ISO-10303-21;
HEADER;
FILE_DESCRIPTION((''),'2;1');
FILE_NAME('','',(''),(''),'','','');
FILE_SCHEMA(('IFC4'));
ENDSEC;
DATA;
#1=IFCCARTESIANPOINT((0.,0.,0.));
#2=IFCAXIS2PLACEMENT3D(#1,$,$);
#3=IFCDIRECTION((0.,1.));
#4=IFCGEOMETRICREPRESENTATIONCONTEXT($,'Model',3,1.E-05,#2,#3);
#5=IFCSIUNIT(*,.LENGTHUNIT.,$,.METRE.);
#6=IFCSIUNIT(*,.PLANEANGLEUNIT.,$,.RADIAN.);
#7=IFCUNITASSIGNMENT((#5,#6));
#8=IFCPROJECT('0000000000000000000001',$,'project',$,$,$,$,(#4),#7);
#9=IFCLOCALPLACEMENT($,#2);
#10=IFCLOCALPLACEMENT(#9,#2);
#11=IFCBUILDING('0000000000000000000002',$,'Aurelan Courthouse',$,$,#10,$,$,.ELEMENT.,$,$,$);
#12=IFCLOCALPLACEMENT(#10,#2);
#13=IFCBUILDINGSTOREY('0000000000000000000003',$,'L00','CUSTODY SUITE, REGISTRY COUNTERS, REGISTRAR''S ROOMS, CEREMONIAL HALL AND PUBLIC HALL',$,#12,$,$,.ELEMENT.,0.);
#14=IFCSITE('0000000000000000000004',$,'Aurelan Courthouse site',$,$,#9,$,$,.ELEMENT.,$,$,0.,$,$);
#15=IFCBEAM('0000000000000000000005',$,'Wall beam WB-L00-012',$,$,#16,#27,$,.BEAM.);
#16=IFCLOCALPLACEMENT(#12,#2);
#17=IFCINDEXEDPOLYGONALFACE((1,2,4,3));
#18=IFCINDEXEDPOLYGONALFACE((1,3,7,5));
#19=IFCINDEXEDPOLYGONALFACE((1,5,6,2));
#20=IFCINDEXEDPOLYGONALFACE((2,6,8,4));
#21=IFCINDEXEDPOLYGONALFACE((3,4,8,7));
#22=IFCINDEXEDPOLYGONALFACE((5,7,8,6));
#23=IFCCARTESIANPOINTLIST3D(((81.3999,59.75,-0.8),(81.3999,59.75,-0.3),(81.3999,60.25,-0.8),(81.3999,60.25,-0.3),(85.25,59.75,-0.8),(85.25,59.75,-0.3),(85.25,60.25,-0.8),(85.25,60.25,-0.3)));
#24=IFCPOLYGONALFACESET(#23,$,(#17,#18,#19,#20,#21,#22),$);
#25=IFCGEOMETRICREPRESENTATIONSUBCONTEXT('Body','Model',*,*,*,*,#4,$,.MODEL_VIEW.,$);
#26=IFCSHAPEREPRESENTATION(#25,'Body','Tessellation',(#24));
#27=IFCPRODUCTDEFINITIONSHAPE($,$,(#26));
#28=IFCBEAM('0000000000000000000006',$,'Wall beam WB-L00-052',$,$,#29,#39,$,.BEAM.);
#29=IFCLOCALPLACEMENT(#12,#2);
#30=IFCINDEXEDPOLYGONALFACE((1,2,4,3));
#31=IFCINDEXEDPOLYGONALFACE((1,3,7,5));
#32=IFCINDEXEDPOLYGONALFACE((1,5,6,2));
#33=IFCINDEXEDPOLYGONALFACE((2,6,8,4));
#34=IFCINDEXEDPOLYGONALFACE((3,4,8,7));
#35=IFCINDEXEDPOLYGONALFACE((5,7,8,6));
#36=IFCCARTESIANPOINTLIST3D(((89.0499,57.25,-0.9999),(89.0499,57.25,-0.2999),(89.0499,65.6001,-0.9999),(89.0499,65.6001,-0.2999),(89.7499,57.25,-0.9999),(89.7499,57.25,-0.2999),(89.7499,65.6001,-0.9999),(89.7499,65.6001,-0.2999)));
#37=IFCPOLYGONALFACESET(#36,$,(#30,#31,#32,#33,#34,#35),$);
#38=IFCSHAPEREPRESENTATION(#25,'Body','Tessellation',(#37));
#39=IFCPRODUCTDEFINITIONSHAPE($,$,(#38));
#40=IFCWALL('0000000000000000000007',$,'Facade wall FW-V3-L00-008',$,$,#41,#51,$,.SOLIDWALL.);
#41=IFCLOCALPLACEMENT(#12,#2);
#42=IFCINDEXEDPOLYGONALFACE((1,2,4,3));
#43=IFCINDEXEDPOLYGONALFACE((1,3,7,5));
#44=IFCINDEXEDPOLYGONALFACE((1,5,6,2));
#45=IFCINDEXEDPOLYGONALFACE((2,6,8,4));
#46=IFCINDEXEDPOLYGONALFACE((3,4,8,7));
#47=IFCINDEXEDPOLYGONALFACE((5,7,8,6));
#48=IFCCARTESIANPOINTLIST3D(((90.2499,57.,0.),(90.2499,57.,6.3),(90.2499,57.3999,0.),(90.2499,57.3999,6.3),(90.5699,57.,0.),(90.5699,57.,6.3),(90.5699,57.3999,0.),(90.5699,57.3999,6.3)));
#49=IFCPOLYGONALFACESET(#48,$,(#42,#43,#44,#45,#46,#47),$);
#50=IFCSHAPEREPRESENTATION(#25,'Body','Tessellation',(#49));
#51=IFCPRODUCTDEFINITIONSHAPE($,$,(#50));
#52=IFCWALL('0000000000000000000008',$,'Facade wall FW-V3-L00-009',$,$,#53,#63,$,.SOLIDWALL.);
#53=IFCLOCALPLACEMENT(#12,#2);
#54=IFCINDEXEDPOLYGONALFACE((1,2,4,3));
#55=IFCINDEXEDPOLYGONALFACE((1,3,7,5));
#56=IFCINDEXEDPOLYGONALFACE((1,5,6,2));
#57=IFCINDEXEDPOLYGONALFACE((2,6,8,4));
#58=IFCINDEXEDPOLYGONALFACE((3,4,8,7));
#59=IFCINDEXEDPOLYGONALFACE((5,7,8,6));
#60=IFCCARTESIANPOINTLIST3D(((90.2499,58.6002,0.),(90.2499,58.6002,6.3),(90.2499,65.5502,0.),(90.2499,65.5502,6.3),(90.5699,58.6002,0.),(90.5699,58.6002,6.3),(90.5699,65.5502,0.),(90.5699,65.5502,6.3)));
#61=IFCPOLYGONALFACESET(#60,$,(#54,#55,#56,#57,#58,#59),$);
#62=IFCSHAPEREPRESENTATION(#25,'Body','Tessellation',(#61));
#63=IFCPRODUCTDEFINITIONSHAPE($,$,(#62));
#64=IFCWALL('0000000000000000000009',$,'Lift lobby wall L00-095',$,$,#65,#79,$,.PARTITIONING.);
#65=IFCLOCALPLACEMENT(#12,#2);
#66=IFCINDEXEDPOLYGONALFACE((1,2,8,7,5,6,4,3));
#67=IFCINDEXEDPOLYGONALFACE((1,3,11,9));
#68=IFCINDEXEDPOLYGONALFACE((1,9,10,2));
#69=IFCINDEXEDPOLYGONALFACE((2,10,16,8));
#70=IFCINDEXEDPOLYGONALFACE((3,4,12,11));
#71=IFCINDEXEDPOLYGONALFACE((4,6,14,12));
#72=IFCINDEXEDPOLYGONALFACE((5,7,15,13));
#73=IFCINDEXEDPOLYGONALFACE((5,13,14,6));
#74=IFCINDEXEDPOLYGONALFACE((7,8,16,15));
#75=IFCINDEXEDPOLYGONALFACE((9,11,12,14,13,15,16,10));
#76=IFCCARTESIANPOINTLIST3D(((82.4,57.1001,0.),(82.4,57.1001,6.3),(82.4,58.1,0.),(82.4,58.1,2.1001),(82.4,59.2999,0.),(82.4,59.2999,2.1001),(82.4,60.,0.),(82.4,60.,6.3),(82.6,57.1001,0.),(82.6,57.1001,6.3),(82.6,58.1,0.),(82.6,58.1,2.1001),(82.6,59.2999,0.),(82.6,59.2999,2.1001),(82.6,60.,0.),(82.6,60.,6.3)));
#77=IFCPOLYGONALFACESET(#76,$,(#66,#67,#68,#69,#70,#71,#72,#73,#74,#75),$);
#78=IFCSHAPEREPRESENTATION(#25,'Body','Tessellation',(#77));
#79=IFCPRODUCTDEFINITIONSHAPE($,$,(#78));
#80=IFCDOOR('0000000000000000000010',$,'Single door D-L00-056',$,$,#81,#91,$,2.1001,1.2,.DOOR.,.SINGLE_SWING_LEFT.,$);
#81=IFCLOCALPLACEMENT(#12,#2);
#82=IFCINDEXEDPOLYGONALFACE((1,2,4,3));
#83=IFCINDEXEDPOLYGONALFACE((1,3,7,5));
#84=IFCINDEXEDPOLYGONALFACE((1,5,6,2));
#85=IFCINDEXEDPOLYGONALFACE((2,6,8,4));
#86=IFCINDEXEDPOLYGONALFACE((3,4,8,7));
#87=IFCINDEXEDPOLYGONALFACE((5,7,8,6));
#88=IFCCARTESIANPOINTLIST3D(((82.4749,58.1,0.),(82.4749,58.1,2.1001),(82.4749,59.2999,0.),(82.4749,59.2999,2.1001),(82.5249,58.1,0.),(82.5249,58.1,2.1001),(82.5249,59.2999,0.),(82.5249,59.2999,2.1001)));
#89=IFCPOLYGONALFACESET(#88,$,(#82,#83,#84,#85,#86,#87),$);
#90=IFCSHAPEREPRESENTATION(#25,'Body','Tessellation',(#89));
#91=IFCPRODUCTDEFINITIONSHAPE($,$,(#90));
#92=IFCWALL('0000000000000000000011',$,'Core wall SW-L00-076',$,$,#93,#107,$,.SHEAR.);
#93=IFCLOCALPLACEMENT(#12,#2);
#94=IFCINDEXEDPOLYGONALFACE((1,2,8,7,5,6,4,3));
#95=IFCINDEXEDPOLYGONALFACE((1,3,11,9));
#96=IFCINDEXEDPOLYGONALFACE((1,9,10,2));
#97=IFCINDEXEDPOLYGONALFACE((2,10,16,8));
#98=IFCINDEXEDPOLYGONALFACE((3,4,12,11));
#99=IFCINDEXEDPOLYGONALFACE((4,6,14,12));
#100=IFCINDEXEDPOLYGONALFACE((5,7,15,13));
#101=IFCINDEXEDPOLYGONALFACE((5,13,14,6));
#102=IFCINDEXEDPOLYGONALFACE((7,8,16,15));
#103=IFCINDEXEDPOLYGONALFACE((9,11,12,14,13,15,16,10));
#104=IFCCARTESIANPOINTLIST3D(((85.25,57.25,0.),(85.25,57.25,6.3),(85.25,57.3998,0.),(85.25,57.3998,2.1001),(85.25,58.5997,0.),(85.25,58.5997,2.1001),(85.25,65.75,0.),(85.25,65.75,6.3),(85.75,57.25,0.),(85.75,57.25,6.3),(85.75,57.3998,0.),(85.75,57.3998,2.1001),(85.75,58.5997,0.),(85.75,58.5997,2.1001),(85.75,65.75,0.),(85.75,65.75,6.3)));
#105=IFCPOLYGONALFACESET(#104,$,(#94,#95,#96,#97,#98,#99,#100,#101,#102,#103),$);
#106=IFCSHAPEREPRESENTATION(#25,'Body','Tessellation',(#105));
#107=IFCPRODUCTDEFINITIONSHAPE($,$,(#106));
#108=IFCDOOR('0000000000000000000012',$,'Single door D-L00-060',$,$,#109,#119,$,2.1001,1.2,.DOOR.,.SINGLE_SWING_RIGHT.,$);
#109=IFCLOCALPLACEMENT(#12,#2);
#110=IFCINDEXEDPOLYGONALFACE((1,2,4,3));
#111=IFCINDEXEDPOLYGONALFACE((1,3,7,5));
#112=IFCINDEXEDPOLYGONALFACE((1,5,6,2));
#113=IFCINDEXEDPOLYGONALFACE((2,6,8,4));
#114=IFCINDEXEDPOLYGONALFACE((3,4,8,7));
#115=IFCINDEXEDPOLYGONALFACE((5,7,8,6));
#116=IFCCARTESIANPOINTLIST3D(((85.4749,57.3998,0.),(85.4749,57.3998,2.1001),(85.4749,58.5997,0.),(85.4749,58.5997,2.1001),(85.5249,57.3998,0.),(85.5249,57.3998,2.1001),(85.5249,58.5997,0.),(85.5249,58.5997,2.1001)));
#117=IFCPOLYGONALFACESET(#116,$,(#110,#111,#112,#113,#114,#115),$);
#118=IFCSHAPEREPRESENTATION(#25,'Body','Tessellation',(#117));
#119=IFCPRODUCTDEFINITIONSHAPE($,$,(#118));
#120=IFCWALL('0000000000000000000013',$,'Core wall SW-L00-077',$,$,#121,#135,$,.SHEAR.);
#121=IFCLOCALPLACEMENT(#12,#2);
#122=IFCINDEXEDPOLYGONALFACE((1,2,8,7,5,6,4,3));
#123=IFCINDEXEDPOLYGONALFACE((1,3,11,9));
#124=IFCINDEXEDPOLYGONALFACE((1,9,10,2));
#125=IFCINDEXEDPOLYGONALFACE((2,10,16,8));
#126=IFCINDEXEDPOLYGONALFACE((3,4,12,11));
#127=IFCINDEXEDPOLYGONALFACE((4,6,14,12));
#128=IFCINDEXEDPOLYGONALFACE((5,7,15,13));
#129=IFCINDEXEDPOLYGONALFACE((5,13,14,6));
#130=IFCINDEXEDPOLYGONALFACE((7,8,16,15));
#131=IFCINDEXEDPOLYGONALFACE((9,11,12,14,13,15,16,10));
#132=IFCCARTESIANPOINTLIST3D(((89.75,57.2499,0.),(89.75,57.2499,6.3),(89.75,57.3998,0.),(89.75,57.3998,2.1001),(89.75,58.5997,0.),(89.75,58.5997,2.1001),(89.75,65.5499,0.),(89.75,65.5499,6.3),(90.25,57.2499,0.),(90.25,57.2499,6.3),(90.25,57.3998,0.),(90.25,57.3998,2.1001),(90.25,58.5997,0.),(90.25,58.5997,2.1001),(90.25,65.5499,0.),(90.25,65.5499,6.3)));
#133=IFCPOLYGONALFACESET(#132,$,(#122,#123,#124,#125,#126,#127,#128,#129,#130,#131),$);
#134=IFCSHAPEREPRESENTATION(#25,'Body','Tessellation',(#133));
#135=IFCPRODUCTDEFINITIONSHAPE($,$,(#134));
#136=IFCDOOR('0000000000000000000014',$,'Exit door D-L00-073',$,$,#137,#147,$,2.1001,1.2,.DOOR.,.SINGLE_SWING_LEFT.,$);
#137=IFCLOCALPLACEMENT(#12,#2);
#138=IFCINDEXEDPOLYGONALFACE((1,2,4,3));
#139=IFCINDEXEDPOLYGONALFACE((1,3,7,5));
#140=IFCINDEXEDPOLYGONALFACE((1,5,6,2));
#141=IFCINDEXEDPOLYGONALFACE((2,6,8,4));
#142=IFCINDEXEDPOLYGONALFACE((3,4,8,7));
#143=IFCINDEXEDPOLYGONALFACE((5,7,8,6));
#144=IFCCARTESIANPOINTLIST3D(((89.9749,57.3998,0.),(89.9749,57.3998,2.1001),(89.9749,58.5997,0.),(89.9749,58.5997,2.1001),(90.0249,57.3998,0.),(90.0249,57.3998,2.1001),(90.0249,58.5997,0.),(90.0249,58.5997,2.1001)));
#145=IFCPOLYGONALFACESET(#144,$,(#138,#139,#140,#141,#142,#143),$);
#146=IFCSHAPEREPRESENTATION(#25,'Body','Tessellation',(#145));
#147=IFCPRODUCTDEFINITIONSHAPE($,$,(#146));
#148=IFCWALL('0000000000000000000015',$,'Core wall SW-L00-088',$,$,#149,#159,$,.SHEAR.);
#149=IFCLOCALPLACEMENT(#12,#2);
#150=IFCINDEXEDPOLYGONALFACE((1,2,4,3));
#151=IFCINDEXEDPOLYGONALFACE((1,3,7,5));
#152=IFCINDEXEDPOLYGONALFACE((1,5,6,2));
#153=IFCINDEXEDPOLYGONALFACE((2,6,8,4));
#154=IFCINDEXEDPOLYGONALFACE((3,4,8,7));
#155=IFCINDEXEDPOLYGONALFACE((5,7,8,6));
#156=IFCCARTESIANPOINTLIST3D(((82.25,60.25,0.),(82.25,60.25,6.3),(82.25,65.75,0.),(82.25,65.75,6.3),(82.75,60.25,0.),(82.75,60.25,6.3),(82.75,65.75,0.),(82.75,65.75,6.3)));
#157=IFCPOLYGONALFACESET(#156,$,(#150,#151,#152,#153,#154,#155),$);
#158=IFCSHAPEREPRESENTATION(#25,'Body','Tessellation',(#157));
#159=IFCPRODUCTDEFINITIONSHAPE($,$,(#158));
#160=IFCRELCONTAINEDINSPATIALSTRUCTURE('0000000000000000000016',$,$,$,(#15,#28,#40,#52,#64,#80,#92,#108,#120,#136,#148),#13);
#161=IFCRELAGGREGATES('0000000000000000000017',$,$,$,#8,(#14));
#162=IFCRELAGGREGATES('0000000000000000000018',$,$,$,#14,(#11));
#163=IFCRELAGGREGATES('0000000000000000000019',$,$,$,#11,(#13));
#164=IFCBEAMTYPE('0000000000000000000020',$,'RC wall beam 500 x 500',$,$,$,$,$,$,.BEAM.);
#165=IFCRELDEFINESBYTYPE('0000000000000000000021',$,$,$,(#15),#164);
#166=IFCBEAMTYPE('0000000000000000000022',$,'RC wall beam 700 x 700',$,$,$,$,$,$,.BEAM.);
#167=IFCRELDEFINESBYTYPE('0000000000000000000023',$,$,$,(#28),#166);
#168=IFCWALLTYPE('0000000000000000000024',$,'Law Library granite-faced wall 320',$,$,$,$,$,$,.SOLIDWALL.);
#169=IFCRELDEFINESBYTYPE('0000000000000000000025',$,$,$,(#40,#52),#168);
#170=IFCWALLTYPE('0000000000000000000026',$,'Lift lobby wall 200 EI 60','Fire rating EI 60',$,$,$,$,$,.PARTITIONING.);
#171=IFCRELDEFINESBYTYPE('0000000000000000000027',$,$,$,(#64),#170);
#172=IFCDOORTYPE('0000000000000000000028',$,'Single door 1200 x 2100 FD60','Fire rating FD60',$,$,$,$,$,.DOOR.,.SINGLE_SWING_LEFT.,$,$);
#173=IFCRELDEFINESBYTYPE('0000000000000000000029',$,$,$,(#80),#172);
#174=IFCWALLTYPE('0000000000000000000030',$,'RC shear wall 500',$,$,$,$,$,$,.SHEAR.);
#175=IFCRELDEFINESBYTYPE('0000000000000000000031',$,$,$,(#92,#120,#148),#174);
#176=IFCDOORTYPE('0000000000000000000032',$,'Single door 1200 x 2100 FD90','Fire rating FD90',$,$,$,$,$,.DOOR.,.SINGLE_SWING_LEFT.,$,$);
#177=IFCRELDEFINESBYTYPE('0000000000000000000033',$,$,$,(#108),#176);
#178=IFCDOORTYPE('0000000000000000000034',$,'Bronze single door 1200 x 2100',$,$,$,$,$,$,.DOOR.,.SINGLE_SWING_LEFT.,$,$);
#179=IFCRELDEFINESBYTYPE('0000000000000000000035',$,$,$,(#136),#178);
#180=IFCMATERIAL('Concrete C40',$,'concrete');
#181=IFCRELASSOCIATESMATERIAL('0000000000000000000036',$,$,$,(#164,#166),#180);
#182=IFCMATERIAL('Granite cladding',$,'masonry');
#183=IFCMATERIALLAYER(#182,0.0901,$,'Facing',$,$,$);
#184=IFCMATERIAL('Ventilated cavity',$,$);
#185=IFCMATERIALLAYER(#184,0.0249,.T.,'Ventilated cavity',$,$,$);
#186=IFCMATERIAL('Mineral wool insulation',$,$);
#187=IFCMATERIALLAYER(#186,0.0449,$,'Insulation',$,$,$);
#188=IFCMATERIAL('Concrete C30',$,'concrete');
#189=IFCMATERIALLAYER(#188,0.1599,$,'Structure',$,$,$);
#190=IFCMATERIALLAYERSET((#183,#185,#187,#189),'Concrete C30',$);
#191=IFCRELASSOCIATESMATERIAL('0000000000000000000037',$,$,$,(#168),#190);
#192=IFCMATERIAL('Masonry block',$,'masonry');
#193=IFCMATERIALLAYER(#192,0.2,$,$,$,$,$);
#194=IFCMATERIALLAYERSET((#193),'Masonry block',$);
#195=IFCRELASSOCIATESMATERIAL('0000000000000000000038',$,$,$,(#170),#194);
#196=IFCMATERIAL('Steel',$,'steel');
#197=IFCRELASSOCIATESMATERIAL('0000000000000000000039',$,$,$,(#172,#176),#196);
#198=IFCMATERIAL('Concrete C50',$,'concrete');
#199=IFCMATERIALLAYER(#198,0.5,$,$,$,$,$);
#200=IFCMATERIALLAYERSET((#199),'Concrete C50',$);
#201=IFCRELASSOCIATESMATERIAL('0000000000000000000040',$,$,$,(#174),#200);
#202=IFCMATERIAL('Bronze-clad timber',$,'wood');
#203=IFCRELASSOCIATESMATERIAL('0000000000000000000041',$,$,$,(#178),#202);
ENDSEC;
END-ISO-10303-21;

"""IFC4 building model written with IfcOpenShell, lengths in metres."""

from ifc_helpers import new_model, si_unit, direction, frame, frame_2d, origin, origin_2d, place, context, subcontext, project, spatial, rectangle, extrude, material, layer, layer_set, material_profile, profile_set, type_object, element, fill, save


model = new_model("IFC4")

# Units and contexts
model_context = context("Model", 3, precision=1e-05, world=origin(), true_north=direction((0.0, 1.0)))
body_context = subcontext(model_context, "Body", "Model", "MODEL_VIEW")
ifc_project = project(units=[si_unit("LENGTHUNIT", "METRE"), si_unit("PLANEANGLEUNIT", "RADIAN")], contexts=[model_context])

# Site, building, storey
site_placement = place(None, origin())
site = spatial("IfcSite", under=ifc_project, at=site_placement, Name="Aurelan Courthouse site", CompositionType="ELEMENT", RefElevation=0.0)
building_placement = place(site_placement, origin())
building = spatial("IfcBuilding", under=site, at=building_placement, Name="Aurelan Courthouse", CompositionType="ELEMENT")
storey_placement = place(building_placement, origin())
storey = spatial("IfcBuildingStorey", under=building, at=storey_placement, Name="L00", Description="CUSTODY SUITE, REGISTRY COUNTERS, REGISTRAR'S ROOMS, CEREMONIAL HALL AND PUBLIC HALL", CompositionType="ELEMENT", Elevation=0.0)

# Beams
ifc_material_1 = material(Name="Concrete C40", Category="concrete")
ifc_material_profile_1 = material_profile(ifc_material_1, rectangle(XDim=0.5, YDim=0.5, at=origin_2d()), Name="RC 500 x 500")
ifc_profile_set_1 = profile_set([ifc_material_profile_1], Name="Concrete C40")
beam_type_1 = type_object("IfcBeamType", Name="RC wall beam 500 x 500", PredefinedType="BEAM", material=ifc_profile_set_1)
beam_1_placement = place(storey_placement, frame((81.3999, 60.0, -0.55), z_axis=(1.0, 0.0, 0.0), x_axis=(0.0, 1.0, 0.0)))
element("IfcBeam", 1, at=beam_1_placement, inside=storey, type_object=beam_type_1, Name="Wall beam WB-L00-012", PredefinedType="BEAM", context=body_context, shape_type="SweptSolid", body=[
    extrude(rectangle(XDim=0.5, YDim=0.5, at=origin_2d()), origin(), (0.0, 0.0, 1.0), 3.8501),
])
ifc_material_profile_2 = material_profile(ifc_material_1, rectangle(XDim=0.7, YDim=0.7, at=origin_2d()), Name="RC 700 x 700")
ifc_profile_set_2 = profile_set([ifc_material_profile_2], Name="Concrete C40")
beam_type_2 = type_object("IfcBeamType", Name="RC wall beam 700 x 700", PredefinedType="BEAM", material=ifc_profile_set_2)
beam_2_placement = place(storey_placement, frame((89.3999, 57.25, -0.6499), z_axis=(0.0, 1.0, 0.0), x_axis=(-1.0, 0.0, 0.0)))
element("IfcBeam", 2, at=beam_2_placement, inside=storey, type_object=beam_type_2, Name="Wall beam WB-L00-052", PredefinedType="BEAM", context=body_context, shape_type="SweptSolid", body=[
    extrude(rectangle(XDim=0.7, YDim=0.7, at=origin_2d()), origin(), (0.0, 0.0, 1.0), 8.3501),
])

# Walls
ifc_material_2 = material(Name="Granite cladding", Category="masonry")
ifc_layer_1 = layer(ifc_material_2, 0.0901, Name="Facing")
ifc_material_3 = material(Name="Ventilated cavity")
ifc_layer_2 = layer(ifc_material_3, 0.0249, ventilated=True, Name="Ventilated cavity")
ifc_material_4 = material(Name="Mineral wool insulation")
ifc_layer_3 = layer(ifc_material_4, 0.0449, Name="Insulation")
ifc_material_5 = material(Name="Concrete C30", Category="concrete")
ifc_layer_4 = layer(ifc_material_5, 0.1599, Name="Structure")
ifc_layer_set_1 = layer_set([ifc_layer_1, ifc_layer_2, ifc_layer_3, ifc_layer_4], Name="Concrete C30")
wall_type_1 = type_object("IfcWallType", Name="Law Library granite-faced wall 320", PredefinedType="SOLIDWALL", material=ifc_layer_set_1)
wall_1_placement = place(storey_placement, frame((90.4099, 57.0, 0.0), z_axis=(0.0, 0.0, 1.0), x_axis=(0.0, 1.0, 0.0)))
element("IfcWall", 3, at=wall_1_placement, inside=storey, type_object=wall_type_1, Name="Facade wall FW-V3-L00-008", PredefinedType="SOLIDWALL", context=body_context, shape_type="SweptSolid", body=[
    extrude(rectangle(XDim=0.3999, YDim=0.3201, at=frame_2d((0.2, 0.0))), origin(), (0.0, 0.0, 1.0), 6.3),
])
wall_2_placement = place(storey_placement, frame((90.4099, 58.6001, 0.0), z_axis=(0.0, 0.0, 1.0), x_axis=(0.0, 1.0, 0.0)))
element("IfcWall", 4, at=wall_2_placement, inside=storey, type_object=wall_type_1, Name="Facade wall FW-V3-L00-009", PredefinedType="SOLIDWALL", context=body_context, shape_type="SweptSolid", body=[
    extrude(rectangle(XDim=6.95, YDim=0.3201, at=frame_2d((3.4751, 0.0))), origin(), (0.0, 0.0, 1.0), 6.3),
])

# Walls, openings, doors
ifc_material_6 = material(Name="Masonry block", Category="masonry")
ifc_layer_5 = layer(ifc_material_6, 0.2)
ifc_layer_set_2 = layer_set([ifc_layer_5], Name="Masonry block")
wall_type_2 = type_object("IfcWallType", Name="Lift lobby wall 200 EI 60", Description="Fire rating EI 60", PredefinedType="PARTITIONING", material=ifc_layer_set_2)
wall_3_placement = place(storey_placement, frame((82.5, 57.1001, 0.0), z_axis=(0.0, 0.0, 1.0), x_axis=(0.0, 1.0, 0.0)))
wall_3 = element("IfcWall", 5, at=wall_3_placement, inside=storey, type_object=wall_type_2, Name="Lift lobby wall L00-095", PredefinedType="PARTITIONING", context=body_context, shape_type="SweptSolid", body=[
    extrude(rectangle(XDim=2.8999, YDim=0.2, at=frame_2d((1.45, 0.0))), origin(), (0.0, 0.0, 1.0), 6.3),
])
opening_1_placement = place(wall_3_placement, frame((2.2, 0.0, 0.0), z_axis=(0.0, 0.0, 1.0), x_axis=(-1.0, 0.0, 0.0)))
opening_1 = element("IfcOpeningElement", 6, at=opening_1_placement, cuts=wall_3, PredefinedType="OPENING", context=body_context, shape_type="SweptSolid", body=[
    extrude(rectangle(XDim=1.2, YDim=2.1001, at=frame_2d((0.6001, 1.05))), frame((0.0, 0.1099, 0.0), z_axis=(0.0, -1.0, 0.0), x_axis=(1.0, 0.0, 0.0)), (0.0, 0.0, 1.0), 0.22),
])
ifc_material_7 = material(Name="Steel", Category="steel")
door_type_1 = type_object("IfcDoorType", Name="Single door 1200 x 2100 FD60", Description="Fire rating FD60", OperationType="SINGLE_SWING_LEFT", PredefinedType="DOOR", material=ifc_material_7)
door_1_placement = place(opening_1_placement, origin())
door_1 = element("IfcDoor", 7, at=door_1_placement, inside=storey, type_object=door_type_1, Name="Single door D-L00-056", OperationType="SINGLE_SWING_LEFT", OverallHeight=2.1001, OverallWidth=1.2, PredefinedType="DOOR", context=body_context, shape_type="SweptSolid", body=[
    extrude(rectangle(XDim=1.2, YDim=2.1001, at=frame_2d((0.6001, 1.05))), frame((0.0, 0.0249, 0.0), z_axis=(0.0, -1.0, 0.0), x_axis=(1.0, 0.0, 0.0)), (0.0, 0.0, 1.0), 0.05),
])
fill(opening_1, door_1)
ifc_material_8 = material(Name="Concrete C50", Category="concrete")
ifc_layer_6 = layer(ifc_material_8, 0.5)
ifc_layer_set_3 = layer_set([ifc_layer_6], Name="Concrete C50")
wall_type_3 = type_object("IfcWallType", Name="RC shear wall 500", PredefinedType="SHEAR", material=ifc_layer_set_3)
wall_4_placement = place(storey_placement, frame((85.5, 57.25, 0.0), z_axis=(0.0, 0.0, 1.0), x_axis=(0.0, 1.0, 0.0)))
wall_4 = element("IfcWall", 8, at=wall_4_placement, inside=storey, type_object=wall_type_3, Name="Core wall SW-L00-076", PredefinedType="SHEAR", context=body_context, shape_type="SweptSolid", body=[
    extrude(rectangle(XDim=8.5, YDim=0.5, at=frame_2d((4.25, 0.0))), origin(), (0.0, 0.0, 1.0), 6.3),
])
opening_2_placement = place(wall_4_placement, frame((1.3499, 0.0, 0.0), z_axis=(0.0, 0.0, 1.0), x_axis=(-1.0, 0.0, 0.0)))
opening_2 = element("IfcOpeningElement", 9, at=opening_2_placement, cuts=wall_4, PredefinedType="OPENING", context=body_context, shape_type="SweptSolid", body=[
    extrude(rectangle(XDim=1.2, YDim=2.1001, at=frame_2d((0.6001, 1.05))), frame((0.0, 0.26, 0.0), z_axis=(0.0, -1.0, 0.0), x_axis=(1.0, 0.0, 0.0)), (0.0, 0.0, 1.0), 0.52),
])
door_type_2 = type_object("IfcDoorType", Name="Single door 1200 x 2100 FD90", Description="Fire rating FD90", OperationType="SINGLE_SWING_LEFT", PredefinedType="DOOR", material=ifc_material_7)
door_2_placement = place(opening_2_placement, origin())
door_2 = element("IfcDoor", 10, at=door_2_placement, inside=storey, type_object=door_type_2, Name="Single door D-L00-060", OperationType="SINGLE_SWING_RIGHT", OverallHeight=2.1001, OverallWidth=1.2, PredefinedType="DOOR", context=body_context, shape_type="SweptSolid", body=[
    extrude(rectangle(XDim=1.2, YDim=2.1001, at=frame_2d((0.6001, 1.05))), frame((0.0, 0.0249, 0.0), z_axis=(0.0, -1.0, 0.0), x_axis=(1.0, 0.0, 0.0)), (0.0, 0.0, 1.0), 0.05),
])
fill(opening_2, door_2)
wall_5_placement = place(storey_placement, frame((90.0, 57.25, 0.0), z_axis=(0.0, 0.0, 1.0), x_axis=(0.0, 1.0, 0.0)))
wall_5 = element("IfcWall", 11, at=wall_5_placement, inside=storey, type_object=wall_type_3, Name="Core wall SW-L00-077", PredefinedType="SHEAR", context=body_context, shape_type="SweptSolid", body=[
    extrude(rectangle(XDim=8.3, YDim=0.5, at=frame_2d((4.1499, 0.0))), origin(), (0.0, 0.0, 1.0), 6.3),
])
opening_3_placement = place(wall_5_placement, frame((1.3499, 0.0, 0.0), z_axis=(0.0, 0.0, 1.0), x_axis=(-1.0, 0.0, 0.0)))
opening_3 = element("IfcOpeningElement", 12, at=opening_3_placement, cuts=wall_5, PredefinedType="OPENING", context=body_context, shape_type="SweptSolid", body=[
    extrude(rectangle(XDim=1.2, YDim=2.1001, at=frame_2d((0.6001, 1.05))), frame((0.0, 0.26, 0.0), z_axis=(0.0, -1.0, 0.0), x_axis=(1.0, 0.0, 0.0)), (0.0, 0.0, 1.0), 0.52),
])
ifc_material_9 = material(Name="Bronze-clad timber", Category="wood")
door_type_3 = type_object("IfcDoorType", Name="Bronze single door 1200 x 2100", OperationType="SINGLE_SWING_LEFT", PredefinedType="DOOR", material=ifc_material_9)
door_3_placement = place(opening_3_placement, origin())
door_3 = element("IfcDoor", 13, at=door_3_placement, inside=storey, type_object=door_type_3, Name="Exit door D-L00-073", OperationType="SINGLE_SWING_LEFT", OverallHeight=2.1001, OverallWidth=1.2, PredefinedType="DOOR", context=body_context, shape_type="SweptSolid", body=[
    extrude(rectangle(XDim=1.2, YDim=2.1001, at=frame_2d((0.6001, 1.05))), frame((0.0, 0.0249, 0.0), z_axis=(0.0, -1.0, 0.0), x_axis=(1.0, 0.0, 0.0)), (0.0, 0.0, 1.0), 0.05),
])
fill(opening_3, door_3)

# Wall
wall_6_placement = place(storey_placement, frame((82.5, 60.25, 0.0), z_axis=(0.0, 0.0, 1.0), x_axis=(0.0, 1.0, 0.0)))
element("IfcWall", 14, at=wall_6_placement, inside=storey, type_object=wall_type_3, Name="Core wall SW-L00-088", PredefinedType="SHEAR", context=body_context, shape_type="SweptSolid", body=[
    extrude(rectangle(XDim=5.5, YDim=0.5, at=frame_2d((2.75, 0.0))), origin(), (0.0, 0.0, 1.0), 6.3),
])

save(model, "model.ifc")
